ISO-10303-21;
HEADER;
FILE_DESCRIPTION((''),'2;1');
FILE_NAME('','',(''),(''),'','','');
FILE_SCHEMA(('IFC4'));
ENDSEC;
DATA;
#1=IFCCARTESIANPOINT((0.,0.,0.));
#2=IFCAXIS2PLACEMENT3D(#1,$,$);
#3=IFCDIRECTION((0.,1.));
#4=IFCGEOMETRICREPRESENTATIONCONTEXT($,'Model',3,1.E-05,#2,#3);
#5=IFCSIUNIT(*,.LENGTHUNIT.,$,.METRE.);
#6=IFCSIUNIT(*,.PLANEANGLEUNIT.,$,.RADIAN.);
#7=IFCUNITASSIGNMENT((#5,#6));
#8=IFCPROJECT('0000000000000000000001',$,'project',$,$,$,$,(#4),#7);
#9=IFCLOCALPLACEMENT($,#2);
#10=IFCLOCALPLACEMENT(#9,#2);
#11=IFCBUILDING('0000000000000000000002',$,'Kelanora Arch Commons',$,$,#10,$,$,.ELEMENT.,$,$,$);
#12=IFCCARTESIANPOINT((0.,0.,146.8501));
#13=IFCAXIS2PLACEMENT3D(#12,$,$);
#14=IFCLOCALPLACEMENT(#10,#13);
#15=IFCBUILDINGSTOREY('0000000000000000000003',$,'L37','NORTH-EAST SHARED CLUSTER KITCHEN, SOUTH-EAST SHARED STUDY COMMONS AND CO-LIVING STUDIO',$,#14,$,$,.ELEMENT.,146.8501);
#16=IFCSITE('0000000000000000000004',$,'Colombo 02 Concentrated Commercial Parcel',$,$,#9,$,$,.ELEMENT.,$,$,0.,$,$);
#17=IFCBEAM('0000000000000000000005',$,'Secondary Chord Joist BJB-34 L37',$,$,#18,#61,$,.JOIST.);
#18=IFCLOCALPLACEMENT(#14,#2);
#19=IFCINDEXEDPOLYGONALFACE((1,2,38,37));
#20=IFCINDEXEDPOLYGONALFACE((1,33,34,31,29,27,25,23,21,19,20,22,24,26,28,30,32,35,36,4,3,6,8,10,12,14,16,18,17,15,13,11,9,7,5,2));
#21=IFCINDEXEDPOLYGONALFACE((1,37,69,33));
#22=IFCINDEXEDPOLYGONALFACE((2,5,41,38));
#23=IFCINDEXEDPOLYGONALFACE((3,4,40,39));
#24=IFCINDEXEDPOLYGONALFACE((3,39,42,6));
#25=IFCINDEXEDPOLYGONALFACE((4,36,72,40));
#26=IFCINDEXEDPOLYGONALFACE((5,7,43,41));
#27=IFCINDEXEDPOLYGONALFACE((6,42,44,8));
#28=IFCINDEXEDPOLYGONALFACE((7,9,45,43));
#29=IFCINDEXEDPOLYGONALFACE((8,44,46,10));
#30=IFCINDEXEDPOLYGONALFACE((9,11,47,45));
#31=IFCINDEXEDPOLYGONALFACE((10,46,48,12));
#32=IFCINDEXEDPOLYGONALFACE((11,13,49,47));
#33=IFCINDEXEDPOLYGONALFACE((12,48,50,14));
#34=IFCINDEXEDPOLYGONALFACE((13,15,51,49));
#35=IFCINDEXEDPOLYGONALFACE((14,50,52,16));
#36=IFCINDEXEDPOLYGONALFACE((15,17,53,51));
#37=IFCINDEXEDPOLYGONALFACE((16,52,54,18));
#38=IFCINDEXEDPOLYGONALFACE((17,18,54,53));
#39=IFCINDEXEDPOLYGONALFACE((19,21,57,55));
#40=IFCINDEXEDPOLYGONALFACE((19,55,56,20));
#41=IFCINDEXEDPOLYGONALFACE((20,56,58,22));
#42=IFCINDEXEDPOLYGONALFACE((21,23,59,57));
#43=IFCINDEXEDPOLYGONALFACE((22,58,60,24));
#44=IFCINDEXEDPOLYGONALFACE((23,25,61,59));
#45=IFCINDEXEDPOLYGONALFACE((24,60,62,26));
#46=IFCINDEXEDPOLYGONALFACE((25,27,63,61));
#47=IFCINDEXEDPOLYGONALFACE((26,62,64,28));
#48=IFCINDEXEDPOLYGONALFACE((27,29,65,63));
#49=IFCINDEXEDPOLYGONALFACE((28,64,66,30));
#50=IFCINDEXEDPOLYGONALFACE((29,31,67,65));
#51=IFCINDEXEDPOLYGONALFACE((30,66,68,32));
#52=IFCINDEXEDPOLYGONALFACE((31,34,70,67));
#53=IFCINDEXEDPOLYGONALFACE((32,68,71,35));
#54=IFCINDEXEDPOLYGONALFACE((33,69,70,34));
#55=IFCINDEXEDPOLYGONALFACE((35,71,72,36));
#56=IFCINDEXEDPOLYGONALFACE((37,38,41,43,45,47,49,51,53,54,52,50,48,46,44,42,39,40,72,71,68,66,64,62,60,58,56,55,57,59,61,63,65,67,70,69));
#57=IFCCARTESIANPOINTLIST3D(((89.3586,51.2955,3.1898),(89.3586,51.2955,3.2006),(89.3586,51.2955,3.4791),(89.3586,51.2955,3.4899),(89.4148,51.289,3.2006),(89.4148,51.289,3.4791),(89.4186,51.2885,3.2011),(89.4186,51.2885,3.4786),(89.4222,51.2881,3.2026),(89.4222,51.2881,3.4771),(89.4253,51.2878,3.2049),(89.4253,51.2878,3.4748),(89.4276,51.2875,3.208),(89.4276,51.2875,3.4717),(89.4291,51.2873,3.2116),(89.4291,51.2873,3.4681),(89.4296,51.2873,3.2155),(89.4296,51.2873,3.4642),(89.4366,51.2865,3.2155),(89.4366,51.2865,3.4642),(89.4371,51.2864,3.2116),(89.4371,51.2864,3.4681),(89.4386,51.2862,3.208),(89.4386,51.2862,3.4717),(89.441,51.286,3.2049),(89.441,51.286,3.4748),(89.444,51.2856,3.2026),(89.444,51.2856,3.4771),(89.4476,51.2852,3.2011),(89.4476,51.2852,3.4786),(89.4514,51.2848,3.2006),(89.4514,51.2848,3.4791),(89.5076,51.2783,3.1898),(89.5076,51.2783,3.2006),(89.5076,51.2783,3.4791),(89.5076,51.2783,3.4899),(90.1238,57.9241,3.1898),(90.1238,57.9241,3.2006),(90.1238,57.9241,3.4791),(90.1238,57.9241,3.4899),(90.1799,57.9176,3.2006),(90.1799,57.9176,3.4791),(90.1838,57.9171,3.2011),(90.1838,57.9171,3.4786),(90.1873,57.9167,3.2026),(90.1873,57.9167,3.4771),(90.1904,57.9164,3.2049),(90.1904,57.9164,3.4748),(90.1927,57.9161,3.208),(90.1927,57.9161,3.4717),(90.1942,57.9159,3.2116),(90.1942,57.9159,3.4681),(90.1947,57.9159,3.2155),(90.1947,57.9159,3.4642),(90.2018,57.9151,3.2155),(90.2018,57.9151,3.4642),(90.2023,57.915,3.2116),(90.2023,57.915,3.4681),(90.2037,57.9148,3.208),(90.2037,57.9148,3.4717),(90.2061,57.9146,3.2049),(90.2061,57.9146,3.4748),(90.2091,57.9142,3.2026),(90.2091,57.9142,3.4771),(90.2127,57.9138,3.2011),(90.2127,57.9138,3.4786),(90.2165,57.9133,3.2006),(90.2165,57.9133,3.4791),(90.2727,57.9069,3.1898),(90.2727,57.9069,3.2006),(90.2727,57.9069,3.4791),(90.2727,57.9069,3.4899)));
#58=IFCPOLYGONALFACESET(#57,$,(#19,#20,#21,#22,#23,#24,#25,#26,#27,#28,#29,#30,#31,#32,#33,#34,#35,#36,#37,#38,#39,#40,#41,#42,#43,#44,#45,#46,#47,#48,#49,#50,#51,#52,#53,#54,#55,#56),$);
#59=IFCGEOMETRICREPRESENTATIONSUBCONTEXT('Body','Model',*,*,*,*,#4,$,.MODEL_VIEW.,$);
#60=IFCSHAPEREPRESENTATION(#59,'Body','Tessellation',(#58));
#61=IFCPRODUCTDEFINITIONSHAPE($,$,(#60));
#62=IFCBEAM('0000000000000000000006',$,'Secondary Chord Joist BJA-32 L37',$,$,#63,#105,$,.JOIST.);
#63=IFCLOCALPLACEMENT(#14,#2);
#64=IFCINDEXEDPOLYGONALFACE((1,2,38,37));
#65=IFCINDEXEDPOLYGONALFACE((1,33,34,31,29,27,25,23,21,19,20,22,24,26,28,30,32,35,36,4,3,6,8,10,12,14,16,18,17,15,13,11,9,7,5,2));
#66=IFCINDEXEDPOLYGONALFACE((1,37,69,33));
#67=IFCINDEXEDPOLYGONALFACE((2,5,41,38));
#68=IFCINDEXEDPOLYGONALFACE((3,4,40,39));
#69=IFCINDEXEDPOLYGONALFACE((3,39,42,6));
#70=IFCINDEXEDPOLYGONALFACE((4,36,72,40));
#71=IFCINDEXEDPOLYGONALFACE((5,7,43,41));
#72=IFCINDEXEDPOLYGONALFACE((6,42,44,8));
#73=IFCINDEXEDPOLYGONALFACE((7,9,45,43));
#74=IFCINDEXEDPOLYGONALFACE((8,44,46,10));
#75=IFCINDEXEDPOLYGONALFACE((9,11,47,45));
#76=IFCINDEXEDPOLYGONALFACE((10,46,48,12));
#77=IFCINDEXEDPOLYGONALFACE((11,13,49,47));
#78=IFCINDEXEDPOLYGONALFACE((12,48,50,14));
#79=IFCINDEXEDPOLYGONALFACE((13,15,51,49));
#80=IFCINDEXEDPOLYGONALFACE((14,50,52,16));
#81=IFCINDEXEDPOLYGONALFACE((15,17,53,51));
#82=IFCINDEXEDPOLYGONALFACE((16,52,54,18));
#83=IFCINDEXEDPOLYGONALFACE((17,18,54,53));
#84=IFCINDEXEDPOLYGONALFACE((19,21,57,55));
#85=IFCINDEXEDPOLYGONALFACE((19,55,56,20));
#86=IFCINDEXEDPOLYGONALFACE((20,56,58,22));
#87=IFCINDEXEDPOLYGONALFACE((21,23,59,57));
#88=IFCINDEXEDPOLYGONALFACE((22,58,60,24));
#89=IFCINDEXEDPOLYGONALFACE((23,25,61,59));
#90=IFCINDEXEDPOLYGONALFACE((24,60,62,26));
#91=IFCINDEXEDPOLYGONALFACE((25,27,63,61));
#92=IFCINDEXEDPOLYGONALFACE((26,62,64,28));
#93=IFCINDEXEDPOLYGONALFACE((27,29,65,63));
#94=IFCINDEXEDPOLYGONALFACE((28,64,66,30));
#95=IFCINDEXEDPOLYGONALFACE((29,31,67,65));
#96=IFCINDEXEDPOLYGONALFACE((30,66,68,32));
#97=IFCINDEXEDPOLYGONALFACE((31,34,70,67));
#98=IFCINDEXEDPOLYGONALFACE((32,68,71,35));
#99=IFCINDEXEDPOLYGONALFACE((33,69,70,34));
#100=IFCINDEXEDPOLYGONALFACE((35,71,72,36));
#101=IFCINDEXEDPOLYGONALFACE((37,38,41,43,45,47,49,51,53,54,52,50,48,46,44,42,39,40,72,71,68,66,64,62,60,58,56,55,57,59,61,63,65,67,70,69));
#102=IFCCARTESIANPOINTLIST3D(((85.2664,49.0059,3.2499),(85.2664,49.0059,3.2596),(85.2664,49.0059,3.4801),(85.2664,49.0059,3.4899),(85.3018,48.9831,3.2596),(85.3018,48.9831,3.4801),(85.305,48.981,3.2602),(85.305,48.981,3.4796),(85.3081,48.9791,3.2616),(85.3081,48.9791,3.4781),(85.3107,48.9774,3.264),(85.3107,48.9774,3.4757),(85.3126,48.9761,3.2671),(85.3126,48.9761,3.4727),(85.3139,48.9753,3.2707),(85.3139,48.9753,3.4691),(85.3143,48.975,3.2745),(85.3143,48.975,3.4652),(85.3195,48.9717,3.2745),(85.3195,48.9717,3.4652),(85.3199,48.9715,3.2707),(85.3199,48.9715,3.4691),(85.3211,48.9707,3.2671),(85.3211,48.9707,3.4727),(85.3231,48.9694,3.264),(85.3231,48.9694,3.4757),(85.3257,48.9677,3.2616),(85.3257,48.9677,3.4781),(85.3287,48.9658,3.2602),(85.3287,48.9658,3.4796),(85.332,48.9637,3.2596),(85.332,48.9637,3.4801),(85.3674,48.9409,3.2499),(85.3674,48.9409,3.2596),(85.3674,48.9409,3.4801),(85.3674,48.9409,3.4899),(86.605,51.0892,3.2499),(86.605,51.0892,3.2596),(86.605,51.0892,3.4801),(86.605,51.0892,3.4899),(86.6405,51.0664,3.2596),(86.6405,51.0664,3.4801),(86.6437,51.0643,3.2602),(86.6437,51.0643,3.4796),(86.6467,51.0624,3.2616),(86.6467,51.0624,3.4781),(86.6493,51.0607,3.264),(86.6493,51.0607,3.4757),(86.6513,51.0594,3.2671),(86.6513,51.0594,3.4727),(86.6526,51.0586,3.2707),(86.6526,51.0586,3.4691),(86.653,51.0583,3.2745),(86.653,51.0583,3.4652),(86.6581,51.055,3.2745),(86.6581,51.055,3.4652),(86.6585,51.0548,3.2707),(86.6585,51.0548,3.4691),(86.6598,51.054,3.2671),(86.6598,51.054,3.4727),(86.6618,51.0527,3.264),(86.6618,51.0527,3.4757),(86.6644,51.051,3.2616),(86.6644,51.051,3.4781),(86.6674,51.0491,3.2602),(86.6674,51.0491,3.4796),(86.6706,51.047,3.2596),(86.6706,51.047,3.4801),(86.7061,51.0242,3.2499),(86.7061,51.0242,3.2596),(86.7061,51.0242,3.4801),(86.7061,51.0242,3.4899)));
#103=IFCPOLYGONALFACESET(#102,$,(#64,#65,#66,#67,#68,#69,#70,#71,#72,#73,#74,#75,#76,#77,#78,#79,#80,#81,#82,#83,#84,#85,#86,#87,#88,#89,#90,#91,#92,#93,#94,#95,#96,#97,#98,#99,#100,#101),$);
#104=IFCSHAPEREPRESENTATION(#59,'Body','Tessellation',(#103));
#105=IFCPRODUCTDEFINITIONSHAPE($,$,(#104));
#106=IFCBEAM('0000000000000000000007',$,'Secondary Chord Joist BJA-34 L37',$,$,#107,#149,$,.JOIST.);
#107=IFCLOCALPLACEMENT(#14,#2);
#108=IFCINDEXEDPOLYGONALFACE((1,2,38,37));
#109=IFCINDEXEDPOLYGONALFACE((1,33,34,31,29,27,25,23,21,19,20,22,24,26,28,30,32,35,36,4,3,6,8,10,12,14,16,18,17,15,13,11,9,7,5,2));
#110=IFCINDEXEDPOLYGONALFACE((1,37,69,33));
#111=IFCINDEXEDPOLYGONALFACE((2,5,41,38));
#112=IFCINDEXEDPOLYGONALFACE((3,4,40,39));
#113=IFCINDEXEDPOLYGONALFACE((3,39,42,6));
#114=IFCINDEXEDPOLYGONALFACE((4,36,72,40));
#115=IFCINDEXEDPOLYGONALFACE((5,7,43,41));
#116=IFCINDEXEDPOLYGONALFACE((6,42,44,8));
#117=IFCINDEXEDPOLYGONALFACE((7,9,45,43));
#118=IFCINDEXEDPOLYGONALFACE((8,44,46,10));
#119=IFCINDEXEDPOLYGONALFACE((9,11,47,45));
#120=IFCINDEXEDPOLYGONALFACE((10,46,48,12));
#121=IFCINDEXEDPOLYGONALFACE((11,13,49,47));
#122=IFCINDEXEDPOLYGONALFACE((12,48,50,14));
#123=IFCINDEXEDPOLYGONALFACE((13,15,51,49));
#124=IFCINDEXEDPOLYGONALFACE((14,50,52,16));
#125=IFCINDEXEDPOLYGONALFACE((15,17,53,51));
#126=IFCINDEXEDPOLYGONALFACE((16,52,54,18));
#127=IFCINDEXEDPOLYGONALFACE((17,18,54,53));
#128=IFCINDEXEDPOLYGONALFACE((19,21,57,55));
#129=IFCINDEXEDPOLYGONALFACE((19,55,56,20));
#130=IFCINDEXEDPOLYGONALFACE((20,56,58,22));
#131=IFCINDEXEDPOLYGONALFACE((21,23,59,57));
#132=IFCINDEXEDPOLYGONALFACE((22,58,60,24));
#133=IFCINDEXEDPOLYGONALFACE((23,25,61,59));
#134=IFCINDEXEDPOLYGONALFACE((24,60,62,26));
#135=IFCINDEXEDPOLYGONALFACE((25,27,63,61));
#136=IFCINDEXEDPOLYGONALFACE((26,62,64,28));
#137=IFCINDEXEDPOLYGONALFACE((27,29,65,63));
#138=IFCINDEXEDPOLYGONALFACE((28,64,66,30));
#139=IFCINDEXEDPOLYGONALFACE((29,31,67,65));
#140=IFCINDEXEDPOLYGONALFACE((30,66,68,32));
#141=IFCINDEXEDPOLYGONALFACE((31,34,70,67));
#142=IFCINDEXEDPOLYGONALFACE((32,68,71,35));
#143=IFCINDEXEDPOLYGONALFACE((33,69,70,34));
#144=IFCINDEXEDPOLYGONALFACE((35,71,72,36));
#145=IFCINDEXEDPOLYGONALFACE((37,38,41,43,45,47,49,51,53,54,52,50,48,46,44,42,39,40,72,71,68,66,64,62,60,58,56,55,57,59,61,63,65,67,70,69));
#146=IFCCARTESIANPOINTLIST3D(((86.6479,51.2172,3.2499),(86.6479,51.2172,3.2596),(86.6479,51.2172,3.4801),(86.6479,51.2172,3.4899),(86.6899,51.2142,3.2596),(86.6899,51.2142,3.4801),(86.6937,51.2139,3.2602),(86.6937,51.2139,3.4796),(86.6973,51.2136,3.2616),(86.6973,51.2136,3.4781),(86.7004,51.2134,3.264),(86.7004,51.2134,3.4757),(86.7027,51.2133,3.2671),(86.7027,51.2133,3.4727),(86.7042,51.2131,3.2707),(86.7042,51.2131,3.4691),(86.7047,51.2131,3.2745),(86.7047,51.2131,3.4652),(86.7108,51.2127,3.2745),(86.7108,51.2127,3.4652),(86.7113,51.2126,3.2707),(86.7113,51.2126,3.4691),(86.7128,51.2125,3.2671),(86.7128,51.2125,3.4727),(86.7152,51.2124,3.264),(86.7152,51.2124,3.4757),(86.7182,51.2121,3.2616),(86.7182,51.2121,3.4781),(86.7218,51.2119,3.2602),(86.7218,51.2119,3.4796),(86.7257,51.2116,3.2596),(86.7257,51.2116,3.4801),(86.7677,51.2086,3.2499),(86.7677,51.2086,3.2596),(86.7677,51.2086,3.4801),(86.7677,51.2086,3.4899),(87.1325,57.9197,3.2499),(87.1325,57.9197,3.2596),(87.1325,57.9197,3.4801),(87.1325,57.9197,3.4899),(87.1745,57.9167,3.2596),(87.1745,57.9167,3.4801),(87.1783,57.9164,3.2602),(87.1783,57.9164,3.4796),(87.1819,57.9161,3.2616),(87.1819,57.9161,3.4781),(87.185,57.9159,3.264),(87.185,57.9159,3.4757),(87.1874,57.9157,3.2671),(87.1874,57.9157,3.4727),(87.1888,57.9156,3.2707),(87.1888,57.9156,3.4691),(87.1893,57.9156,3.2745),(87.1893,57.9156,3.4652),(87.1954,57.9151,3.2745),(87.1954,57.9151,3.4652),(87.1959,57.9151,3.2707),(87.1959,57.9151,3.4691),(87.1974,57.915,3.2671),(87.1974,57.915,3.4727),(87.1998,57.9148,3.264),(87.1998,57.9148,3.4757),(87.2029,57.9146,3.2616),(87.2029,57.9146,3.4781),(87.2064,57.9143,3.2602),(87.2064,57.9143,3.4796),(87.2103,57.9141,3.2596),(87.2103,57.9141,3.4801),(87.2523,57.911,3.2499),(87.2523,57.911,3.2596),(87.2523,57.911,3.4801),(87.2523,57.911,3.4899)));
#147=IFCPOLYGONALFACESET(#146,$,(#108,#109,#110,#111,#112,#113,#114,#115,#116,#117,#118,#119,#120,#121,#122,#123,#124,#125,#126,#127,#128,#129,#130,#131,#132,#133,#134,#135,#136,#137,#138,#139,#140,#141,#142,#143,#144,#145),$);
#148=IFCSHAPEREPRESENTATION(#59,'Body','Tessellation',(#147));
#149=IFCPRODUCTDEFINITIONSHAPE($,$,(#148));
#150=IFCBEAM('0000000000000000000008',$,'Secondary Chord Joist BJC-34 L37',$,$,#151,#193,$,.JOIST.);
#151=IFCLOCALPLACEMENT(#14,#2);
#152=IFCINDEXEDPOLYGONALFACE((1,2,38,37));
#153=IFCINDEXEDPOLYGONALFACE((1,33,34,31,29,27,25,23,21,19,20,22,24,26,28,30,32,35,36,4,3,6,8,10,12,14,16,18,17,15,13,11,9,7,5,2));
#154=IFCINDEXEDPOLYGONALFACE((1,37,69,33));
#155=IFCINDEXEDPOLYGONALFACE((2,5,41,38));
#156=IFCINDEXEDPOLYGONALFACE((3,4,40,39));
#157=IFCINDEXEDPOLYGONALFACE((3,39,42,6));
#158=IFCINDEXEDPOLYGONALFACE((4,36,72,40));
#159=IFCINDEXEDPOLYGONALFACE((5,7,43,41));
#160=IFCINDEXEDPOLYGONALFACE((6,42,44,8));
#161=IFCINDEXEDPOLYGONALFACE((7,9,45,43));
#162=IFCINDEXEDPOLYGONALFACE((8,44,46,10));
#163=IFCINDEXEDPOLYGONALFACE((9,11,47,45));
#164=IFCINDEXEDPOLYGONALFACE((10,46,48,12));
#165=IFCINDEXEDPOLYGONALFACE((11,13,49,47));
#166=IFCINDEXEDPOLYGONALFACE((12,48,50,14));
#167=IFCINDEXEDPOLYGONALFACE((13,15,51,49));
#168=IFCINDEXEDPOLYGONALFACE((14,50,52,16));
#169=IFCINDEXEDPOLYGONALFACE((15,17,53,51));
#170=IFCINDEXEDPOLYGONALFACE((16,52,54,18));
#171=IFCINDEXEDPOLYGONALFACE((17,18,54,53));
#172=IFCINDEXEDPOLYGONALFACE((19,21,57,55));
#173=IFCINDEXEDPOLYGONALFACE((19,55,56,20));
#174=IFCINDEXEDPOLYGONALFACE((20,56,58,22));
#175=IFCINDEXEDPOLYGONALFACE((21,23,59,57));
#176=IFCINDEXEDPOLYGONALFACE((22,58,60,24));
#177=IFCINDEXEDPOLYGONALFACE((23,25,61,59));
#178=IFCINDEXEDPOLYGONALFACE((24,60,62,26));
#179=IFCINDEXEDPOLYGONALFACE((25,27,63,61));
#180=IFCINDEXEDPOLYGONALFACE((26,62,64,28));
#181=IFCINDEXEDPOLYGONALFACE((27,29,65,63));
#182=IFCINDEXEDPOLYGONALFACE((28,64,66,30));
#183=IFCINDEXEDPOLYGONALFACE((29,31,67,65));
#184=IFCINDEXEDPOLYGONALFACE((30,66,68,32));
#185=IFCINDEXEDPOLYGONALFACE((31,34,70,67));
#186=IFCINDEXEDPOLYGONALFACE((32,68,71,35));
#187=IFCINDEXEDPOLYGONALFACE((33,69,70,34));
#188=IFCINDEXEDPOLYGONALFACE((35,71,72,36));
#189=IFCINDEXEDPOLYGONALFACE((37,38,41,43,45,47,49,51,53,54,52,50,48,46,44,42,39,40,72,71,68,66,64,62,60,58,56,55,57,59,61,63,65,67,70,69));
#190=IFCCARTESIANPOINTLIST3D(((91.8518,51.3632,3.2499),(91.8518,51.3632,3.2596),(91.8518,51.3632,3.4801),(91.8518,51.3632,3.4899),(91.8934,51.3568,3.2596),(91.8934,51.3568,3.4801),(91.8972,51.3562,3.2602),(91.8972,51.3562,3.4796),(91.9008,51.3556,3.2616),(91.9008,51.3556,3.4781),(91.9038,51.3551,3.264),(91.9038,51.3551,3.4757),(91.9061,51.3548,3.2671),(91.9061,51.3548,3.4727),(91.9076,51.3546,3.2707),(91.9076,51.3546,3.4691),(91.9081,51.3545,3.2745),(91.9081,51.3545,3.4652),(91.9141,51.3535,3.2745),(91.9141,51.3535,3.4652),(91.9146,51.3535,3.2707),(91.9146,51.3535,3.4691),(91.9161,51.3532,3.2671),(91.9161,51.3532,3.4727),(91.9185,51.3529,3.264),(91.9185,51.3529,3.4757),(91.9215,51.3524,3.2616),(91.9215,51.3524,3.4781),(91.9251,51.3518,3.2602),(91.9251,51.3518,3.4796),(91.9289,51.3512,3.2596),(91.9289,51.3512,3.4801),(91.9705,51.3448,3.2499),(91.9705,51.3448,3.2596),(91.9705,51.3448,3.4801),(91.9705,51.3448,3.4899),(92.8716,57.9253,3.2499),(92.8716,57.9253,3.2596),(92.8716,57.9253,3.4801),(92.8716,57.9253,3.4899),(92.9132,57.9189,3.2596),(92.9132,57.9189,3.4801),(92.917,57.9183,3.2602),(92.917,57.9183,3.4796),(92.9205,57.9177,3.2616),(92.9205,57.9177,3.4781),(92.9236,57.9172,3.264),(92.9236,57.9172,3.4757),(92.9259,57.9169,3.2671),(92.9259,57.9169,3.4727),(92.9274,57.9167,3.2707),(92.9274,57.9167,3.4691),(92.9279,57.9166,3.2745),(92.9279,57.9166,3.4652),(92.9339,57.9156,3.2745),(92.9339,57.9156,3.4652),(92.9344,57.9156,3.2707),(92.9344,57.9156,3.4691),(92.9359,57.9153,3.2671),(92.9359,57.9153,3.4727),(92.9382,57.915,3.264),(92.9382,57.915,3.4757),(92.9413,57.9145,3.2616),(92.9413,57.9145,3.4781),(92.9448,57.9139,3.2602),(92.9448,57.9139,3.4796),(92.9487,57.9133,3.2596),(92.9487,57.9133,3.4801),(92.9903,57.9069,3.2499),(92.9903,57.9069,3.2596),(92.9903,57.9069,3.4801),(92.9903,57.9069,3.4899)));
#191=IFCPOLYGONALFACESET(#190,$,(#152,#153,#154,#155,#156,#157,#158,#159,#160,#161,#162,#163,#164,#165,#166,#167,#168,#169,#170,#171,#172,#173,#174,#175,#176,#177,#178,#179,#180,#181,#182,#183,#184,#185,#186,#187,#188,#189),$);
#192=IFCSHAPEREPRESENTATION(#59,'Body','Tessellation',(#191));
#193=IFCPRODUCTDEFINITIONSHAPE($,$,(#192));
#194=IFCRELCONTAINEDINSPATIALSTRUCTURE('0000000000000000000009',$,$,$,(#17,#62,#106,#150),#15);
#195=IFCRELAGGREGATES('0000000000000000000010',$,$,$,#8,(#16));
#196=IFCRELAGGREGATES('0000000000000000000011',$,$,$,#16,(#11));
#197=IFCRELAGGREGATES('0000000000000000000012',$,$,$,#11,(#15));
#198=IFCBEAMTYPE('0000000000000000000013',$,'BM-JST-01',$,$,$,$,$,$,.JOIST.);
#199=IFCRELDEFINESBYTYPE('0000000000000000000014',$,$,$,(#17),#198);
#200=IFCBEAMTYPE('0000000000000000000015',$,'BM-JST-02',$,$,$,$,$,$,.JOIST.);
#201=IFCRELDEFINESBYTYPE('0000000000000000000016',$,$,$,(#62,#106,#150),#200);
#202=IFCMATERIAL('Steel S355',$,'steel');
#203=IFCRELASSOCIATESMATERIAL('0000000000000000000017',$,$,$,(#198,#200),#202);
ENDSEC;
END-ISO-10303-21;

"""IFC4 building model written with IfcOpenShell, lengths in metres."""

from ifc_helpers import new_model, si_unit, direction, frame, origin, origin_2d, place, context, subcontext, project, spatial, i_section, extrude, material, material_profile, profile_set, type_object, element, save


model = new_model("IFC4")

# Units and contexts
model_context = context("Model", 3, precision=1e-05, world=origin(), true_north=direction((0.0, 1.0)))
body_context = subcontext(model_context, "Body", "Model", "MODEL_VIEW")
ifc_project = project(units=[si_unit("LENGTHUNIT", "METRE"), si_unit("PLANEANGLEUNIT", "RADIAN")], contexts=[model_context])

# Site, building, storey
site_placement = place(None, origin())
site = spatial("IfcSite", under=ifc_project, at=site_placement, Name="Colombo 02 Concentrated Commercial Parcel", CompositionType="ELEMENT", RefElevation=0.0)
building_placement = place(site_placement, origin())
building = spatial("IfcBuilding", under=site, at=building_placement, Name="Kelanora Arch Commons", CompositionType="ELEMENT")
storey_placement = place(building_placement, frame((0.0, 0.0, 146.8501)))
storey = spatial("IfcBuildingStorey", under=building, at=storey_placement, Name="L37", Description="NORTH-EAST SHARED CLUSTER KITCHEN, SOUTH-EAST SHARED STUDY COMMONS AND CO-LIVING STUDIO", CompositionType="ELEMENT", Elevation=146.8501)

# Beams
ifc_material_1 = material(Name="Steel S355", Category="steel")
ifc_material_profile_1 = material_profile(ifc_material_1, i_section(OverallWidth=0.1499, OverallDepth=0.3, WebThickness=0.0071, FlangeThickness=0.0107, FilletRadius=0.0149, at=origin_2d()), Name="IPE300")
ifc_profile_set_1 = profile_set([ifc_material_profile_1], Name="Steel S355")
beam_type_1 = type_object("IfcBeamType", Name="BM-JST-01", PredefinedType="JOIST", material=ifc_profile_set_1)
beam_1_placement = place(storey_placement, frame((89.4331, 51.2869, 3.3398), z_axis=(0.114667, 0.993404, 0.0), x_axis=(-0.993404, 0.114667, 0.0)))
element("IfcBeam", 1, at=beam_1_placement, inside=storey, type_object=beam_type_1, Name="Secondary Chord Joist BJB-34 L37", PredefinedType="JOIST", context=body_context, shape_type="SweptSolid", body=[
    extrude(i_section(OverallWidth=0.1499, OverallDepth=0.3, WebThickness=0.0071, FlangeThickness=0.0107, FilletRadius=0.0149, at=origin_2d()), origin(), (0.0, 0.0, 1.0), 6.6726),
])
ifc_material_profile_2 = material_profile(ifc_material_1, i_section(OverallWidth=0.1201, OverallDepth=0.24, WebThickness=0.0061, FlangeThickness=0.0098, FilletRadius=0.0149, at=origin_2d()), Name="IPE240")
ifc_profile_set_2 = profile_set([ifc_material_profile_2], Name="Steel S355")
beam_type_2 = type_object("IfcBeamType", Name="BM-JST-02", PredefinedType="JOIST", material=ifc_profile_set_2)
beam_2_placement = place(storey_placement, frame((85.3169, 48.9734, 3.3699), z_axis=(0.540583, 0.841291, 0.0), x_axis=(-0.841291, 0.540583, 0.0)))
element("IfcBeam", 2, at=beam_2_placement, inside=storey, type_object=beam_type_2, Name="Secondary Chord Joist BJA-32 L37", PredefinedType="JOIST", context=body_context, shape_type="SweptSolid", body=[
    extrude(i_section(OverallWidth=0.1201, OverallDepth=0.24, WebThickness=0.0061, FlangeThickness=0.0098, FilletRadius=0.0149, at=origin_2d()), origin(), (0.0, 0.0, 1.0), 2.4763),
])
beam_3_placement = place(storey_placement, frame((86.7078, 51.2129, 3.3699), z_axis=(0.072117, 0.997396, 0.0), x_axis=(-0.997396, 0.072117, 0.0)))
element("IfcBeam", 3, at=beam_3_placement, inside=storey, type_object=beam_type_2, Name="Secondary Chord Joist BJA-34 L37", PredefinedType="JOIST", context=body_context, shape_type="SweptSolid", body=[
    extrude(i_section(OverallWidth=0.1201, OverallDepth=0.24, WebThickness=0.0061, FlangeThickness=0.0098, FilletRadius=0.0149, at=origin_2d()), origin(), (0.0, 0.0, 1.0), 6.72),
])
beam_4_placement = place(storey_placement, frame((91.9111, 51.354, 3.3699), z_axis=(0.153563, 0.988139, 0.0), x_axis=(-0.988139, 0.153563, 0.0)))
element("IfcBeam", 4, at=beam_4_placement, inside=storey, type_object=beam_type_2, Name="Secondary Chord Joist BJC-34 L37", PredefinedType="JOIST", context=body_context, shape_type="SweptSolid", body=[
    extrude(i_section(OverallWidth=0.1201, OverallDepth=0.24, WebThickness=0.0061, FlangeThickness=0.0098, FilletRadius=0.0149, at=origin_2d()), origin(), (0.0, 0.0, 1.0), 6.6409),
])

save(model, "model.ifc")
